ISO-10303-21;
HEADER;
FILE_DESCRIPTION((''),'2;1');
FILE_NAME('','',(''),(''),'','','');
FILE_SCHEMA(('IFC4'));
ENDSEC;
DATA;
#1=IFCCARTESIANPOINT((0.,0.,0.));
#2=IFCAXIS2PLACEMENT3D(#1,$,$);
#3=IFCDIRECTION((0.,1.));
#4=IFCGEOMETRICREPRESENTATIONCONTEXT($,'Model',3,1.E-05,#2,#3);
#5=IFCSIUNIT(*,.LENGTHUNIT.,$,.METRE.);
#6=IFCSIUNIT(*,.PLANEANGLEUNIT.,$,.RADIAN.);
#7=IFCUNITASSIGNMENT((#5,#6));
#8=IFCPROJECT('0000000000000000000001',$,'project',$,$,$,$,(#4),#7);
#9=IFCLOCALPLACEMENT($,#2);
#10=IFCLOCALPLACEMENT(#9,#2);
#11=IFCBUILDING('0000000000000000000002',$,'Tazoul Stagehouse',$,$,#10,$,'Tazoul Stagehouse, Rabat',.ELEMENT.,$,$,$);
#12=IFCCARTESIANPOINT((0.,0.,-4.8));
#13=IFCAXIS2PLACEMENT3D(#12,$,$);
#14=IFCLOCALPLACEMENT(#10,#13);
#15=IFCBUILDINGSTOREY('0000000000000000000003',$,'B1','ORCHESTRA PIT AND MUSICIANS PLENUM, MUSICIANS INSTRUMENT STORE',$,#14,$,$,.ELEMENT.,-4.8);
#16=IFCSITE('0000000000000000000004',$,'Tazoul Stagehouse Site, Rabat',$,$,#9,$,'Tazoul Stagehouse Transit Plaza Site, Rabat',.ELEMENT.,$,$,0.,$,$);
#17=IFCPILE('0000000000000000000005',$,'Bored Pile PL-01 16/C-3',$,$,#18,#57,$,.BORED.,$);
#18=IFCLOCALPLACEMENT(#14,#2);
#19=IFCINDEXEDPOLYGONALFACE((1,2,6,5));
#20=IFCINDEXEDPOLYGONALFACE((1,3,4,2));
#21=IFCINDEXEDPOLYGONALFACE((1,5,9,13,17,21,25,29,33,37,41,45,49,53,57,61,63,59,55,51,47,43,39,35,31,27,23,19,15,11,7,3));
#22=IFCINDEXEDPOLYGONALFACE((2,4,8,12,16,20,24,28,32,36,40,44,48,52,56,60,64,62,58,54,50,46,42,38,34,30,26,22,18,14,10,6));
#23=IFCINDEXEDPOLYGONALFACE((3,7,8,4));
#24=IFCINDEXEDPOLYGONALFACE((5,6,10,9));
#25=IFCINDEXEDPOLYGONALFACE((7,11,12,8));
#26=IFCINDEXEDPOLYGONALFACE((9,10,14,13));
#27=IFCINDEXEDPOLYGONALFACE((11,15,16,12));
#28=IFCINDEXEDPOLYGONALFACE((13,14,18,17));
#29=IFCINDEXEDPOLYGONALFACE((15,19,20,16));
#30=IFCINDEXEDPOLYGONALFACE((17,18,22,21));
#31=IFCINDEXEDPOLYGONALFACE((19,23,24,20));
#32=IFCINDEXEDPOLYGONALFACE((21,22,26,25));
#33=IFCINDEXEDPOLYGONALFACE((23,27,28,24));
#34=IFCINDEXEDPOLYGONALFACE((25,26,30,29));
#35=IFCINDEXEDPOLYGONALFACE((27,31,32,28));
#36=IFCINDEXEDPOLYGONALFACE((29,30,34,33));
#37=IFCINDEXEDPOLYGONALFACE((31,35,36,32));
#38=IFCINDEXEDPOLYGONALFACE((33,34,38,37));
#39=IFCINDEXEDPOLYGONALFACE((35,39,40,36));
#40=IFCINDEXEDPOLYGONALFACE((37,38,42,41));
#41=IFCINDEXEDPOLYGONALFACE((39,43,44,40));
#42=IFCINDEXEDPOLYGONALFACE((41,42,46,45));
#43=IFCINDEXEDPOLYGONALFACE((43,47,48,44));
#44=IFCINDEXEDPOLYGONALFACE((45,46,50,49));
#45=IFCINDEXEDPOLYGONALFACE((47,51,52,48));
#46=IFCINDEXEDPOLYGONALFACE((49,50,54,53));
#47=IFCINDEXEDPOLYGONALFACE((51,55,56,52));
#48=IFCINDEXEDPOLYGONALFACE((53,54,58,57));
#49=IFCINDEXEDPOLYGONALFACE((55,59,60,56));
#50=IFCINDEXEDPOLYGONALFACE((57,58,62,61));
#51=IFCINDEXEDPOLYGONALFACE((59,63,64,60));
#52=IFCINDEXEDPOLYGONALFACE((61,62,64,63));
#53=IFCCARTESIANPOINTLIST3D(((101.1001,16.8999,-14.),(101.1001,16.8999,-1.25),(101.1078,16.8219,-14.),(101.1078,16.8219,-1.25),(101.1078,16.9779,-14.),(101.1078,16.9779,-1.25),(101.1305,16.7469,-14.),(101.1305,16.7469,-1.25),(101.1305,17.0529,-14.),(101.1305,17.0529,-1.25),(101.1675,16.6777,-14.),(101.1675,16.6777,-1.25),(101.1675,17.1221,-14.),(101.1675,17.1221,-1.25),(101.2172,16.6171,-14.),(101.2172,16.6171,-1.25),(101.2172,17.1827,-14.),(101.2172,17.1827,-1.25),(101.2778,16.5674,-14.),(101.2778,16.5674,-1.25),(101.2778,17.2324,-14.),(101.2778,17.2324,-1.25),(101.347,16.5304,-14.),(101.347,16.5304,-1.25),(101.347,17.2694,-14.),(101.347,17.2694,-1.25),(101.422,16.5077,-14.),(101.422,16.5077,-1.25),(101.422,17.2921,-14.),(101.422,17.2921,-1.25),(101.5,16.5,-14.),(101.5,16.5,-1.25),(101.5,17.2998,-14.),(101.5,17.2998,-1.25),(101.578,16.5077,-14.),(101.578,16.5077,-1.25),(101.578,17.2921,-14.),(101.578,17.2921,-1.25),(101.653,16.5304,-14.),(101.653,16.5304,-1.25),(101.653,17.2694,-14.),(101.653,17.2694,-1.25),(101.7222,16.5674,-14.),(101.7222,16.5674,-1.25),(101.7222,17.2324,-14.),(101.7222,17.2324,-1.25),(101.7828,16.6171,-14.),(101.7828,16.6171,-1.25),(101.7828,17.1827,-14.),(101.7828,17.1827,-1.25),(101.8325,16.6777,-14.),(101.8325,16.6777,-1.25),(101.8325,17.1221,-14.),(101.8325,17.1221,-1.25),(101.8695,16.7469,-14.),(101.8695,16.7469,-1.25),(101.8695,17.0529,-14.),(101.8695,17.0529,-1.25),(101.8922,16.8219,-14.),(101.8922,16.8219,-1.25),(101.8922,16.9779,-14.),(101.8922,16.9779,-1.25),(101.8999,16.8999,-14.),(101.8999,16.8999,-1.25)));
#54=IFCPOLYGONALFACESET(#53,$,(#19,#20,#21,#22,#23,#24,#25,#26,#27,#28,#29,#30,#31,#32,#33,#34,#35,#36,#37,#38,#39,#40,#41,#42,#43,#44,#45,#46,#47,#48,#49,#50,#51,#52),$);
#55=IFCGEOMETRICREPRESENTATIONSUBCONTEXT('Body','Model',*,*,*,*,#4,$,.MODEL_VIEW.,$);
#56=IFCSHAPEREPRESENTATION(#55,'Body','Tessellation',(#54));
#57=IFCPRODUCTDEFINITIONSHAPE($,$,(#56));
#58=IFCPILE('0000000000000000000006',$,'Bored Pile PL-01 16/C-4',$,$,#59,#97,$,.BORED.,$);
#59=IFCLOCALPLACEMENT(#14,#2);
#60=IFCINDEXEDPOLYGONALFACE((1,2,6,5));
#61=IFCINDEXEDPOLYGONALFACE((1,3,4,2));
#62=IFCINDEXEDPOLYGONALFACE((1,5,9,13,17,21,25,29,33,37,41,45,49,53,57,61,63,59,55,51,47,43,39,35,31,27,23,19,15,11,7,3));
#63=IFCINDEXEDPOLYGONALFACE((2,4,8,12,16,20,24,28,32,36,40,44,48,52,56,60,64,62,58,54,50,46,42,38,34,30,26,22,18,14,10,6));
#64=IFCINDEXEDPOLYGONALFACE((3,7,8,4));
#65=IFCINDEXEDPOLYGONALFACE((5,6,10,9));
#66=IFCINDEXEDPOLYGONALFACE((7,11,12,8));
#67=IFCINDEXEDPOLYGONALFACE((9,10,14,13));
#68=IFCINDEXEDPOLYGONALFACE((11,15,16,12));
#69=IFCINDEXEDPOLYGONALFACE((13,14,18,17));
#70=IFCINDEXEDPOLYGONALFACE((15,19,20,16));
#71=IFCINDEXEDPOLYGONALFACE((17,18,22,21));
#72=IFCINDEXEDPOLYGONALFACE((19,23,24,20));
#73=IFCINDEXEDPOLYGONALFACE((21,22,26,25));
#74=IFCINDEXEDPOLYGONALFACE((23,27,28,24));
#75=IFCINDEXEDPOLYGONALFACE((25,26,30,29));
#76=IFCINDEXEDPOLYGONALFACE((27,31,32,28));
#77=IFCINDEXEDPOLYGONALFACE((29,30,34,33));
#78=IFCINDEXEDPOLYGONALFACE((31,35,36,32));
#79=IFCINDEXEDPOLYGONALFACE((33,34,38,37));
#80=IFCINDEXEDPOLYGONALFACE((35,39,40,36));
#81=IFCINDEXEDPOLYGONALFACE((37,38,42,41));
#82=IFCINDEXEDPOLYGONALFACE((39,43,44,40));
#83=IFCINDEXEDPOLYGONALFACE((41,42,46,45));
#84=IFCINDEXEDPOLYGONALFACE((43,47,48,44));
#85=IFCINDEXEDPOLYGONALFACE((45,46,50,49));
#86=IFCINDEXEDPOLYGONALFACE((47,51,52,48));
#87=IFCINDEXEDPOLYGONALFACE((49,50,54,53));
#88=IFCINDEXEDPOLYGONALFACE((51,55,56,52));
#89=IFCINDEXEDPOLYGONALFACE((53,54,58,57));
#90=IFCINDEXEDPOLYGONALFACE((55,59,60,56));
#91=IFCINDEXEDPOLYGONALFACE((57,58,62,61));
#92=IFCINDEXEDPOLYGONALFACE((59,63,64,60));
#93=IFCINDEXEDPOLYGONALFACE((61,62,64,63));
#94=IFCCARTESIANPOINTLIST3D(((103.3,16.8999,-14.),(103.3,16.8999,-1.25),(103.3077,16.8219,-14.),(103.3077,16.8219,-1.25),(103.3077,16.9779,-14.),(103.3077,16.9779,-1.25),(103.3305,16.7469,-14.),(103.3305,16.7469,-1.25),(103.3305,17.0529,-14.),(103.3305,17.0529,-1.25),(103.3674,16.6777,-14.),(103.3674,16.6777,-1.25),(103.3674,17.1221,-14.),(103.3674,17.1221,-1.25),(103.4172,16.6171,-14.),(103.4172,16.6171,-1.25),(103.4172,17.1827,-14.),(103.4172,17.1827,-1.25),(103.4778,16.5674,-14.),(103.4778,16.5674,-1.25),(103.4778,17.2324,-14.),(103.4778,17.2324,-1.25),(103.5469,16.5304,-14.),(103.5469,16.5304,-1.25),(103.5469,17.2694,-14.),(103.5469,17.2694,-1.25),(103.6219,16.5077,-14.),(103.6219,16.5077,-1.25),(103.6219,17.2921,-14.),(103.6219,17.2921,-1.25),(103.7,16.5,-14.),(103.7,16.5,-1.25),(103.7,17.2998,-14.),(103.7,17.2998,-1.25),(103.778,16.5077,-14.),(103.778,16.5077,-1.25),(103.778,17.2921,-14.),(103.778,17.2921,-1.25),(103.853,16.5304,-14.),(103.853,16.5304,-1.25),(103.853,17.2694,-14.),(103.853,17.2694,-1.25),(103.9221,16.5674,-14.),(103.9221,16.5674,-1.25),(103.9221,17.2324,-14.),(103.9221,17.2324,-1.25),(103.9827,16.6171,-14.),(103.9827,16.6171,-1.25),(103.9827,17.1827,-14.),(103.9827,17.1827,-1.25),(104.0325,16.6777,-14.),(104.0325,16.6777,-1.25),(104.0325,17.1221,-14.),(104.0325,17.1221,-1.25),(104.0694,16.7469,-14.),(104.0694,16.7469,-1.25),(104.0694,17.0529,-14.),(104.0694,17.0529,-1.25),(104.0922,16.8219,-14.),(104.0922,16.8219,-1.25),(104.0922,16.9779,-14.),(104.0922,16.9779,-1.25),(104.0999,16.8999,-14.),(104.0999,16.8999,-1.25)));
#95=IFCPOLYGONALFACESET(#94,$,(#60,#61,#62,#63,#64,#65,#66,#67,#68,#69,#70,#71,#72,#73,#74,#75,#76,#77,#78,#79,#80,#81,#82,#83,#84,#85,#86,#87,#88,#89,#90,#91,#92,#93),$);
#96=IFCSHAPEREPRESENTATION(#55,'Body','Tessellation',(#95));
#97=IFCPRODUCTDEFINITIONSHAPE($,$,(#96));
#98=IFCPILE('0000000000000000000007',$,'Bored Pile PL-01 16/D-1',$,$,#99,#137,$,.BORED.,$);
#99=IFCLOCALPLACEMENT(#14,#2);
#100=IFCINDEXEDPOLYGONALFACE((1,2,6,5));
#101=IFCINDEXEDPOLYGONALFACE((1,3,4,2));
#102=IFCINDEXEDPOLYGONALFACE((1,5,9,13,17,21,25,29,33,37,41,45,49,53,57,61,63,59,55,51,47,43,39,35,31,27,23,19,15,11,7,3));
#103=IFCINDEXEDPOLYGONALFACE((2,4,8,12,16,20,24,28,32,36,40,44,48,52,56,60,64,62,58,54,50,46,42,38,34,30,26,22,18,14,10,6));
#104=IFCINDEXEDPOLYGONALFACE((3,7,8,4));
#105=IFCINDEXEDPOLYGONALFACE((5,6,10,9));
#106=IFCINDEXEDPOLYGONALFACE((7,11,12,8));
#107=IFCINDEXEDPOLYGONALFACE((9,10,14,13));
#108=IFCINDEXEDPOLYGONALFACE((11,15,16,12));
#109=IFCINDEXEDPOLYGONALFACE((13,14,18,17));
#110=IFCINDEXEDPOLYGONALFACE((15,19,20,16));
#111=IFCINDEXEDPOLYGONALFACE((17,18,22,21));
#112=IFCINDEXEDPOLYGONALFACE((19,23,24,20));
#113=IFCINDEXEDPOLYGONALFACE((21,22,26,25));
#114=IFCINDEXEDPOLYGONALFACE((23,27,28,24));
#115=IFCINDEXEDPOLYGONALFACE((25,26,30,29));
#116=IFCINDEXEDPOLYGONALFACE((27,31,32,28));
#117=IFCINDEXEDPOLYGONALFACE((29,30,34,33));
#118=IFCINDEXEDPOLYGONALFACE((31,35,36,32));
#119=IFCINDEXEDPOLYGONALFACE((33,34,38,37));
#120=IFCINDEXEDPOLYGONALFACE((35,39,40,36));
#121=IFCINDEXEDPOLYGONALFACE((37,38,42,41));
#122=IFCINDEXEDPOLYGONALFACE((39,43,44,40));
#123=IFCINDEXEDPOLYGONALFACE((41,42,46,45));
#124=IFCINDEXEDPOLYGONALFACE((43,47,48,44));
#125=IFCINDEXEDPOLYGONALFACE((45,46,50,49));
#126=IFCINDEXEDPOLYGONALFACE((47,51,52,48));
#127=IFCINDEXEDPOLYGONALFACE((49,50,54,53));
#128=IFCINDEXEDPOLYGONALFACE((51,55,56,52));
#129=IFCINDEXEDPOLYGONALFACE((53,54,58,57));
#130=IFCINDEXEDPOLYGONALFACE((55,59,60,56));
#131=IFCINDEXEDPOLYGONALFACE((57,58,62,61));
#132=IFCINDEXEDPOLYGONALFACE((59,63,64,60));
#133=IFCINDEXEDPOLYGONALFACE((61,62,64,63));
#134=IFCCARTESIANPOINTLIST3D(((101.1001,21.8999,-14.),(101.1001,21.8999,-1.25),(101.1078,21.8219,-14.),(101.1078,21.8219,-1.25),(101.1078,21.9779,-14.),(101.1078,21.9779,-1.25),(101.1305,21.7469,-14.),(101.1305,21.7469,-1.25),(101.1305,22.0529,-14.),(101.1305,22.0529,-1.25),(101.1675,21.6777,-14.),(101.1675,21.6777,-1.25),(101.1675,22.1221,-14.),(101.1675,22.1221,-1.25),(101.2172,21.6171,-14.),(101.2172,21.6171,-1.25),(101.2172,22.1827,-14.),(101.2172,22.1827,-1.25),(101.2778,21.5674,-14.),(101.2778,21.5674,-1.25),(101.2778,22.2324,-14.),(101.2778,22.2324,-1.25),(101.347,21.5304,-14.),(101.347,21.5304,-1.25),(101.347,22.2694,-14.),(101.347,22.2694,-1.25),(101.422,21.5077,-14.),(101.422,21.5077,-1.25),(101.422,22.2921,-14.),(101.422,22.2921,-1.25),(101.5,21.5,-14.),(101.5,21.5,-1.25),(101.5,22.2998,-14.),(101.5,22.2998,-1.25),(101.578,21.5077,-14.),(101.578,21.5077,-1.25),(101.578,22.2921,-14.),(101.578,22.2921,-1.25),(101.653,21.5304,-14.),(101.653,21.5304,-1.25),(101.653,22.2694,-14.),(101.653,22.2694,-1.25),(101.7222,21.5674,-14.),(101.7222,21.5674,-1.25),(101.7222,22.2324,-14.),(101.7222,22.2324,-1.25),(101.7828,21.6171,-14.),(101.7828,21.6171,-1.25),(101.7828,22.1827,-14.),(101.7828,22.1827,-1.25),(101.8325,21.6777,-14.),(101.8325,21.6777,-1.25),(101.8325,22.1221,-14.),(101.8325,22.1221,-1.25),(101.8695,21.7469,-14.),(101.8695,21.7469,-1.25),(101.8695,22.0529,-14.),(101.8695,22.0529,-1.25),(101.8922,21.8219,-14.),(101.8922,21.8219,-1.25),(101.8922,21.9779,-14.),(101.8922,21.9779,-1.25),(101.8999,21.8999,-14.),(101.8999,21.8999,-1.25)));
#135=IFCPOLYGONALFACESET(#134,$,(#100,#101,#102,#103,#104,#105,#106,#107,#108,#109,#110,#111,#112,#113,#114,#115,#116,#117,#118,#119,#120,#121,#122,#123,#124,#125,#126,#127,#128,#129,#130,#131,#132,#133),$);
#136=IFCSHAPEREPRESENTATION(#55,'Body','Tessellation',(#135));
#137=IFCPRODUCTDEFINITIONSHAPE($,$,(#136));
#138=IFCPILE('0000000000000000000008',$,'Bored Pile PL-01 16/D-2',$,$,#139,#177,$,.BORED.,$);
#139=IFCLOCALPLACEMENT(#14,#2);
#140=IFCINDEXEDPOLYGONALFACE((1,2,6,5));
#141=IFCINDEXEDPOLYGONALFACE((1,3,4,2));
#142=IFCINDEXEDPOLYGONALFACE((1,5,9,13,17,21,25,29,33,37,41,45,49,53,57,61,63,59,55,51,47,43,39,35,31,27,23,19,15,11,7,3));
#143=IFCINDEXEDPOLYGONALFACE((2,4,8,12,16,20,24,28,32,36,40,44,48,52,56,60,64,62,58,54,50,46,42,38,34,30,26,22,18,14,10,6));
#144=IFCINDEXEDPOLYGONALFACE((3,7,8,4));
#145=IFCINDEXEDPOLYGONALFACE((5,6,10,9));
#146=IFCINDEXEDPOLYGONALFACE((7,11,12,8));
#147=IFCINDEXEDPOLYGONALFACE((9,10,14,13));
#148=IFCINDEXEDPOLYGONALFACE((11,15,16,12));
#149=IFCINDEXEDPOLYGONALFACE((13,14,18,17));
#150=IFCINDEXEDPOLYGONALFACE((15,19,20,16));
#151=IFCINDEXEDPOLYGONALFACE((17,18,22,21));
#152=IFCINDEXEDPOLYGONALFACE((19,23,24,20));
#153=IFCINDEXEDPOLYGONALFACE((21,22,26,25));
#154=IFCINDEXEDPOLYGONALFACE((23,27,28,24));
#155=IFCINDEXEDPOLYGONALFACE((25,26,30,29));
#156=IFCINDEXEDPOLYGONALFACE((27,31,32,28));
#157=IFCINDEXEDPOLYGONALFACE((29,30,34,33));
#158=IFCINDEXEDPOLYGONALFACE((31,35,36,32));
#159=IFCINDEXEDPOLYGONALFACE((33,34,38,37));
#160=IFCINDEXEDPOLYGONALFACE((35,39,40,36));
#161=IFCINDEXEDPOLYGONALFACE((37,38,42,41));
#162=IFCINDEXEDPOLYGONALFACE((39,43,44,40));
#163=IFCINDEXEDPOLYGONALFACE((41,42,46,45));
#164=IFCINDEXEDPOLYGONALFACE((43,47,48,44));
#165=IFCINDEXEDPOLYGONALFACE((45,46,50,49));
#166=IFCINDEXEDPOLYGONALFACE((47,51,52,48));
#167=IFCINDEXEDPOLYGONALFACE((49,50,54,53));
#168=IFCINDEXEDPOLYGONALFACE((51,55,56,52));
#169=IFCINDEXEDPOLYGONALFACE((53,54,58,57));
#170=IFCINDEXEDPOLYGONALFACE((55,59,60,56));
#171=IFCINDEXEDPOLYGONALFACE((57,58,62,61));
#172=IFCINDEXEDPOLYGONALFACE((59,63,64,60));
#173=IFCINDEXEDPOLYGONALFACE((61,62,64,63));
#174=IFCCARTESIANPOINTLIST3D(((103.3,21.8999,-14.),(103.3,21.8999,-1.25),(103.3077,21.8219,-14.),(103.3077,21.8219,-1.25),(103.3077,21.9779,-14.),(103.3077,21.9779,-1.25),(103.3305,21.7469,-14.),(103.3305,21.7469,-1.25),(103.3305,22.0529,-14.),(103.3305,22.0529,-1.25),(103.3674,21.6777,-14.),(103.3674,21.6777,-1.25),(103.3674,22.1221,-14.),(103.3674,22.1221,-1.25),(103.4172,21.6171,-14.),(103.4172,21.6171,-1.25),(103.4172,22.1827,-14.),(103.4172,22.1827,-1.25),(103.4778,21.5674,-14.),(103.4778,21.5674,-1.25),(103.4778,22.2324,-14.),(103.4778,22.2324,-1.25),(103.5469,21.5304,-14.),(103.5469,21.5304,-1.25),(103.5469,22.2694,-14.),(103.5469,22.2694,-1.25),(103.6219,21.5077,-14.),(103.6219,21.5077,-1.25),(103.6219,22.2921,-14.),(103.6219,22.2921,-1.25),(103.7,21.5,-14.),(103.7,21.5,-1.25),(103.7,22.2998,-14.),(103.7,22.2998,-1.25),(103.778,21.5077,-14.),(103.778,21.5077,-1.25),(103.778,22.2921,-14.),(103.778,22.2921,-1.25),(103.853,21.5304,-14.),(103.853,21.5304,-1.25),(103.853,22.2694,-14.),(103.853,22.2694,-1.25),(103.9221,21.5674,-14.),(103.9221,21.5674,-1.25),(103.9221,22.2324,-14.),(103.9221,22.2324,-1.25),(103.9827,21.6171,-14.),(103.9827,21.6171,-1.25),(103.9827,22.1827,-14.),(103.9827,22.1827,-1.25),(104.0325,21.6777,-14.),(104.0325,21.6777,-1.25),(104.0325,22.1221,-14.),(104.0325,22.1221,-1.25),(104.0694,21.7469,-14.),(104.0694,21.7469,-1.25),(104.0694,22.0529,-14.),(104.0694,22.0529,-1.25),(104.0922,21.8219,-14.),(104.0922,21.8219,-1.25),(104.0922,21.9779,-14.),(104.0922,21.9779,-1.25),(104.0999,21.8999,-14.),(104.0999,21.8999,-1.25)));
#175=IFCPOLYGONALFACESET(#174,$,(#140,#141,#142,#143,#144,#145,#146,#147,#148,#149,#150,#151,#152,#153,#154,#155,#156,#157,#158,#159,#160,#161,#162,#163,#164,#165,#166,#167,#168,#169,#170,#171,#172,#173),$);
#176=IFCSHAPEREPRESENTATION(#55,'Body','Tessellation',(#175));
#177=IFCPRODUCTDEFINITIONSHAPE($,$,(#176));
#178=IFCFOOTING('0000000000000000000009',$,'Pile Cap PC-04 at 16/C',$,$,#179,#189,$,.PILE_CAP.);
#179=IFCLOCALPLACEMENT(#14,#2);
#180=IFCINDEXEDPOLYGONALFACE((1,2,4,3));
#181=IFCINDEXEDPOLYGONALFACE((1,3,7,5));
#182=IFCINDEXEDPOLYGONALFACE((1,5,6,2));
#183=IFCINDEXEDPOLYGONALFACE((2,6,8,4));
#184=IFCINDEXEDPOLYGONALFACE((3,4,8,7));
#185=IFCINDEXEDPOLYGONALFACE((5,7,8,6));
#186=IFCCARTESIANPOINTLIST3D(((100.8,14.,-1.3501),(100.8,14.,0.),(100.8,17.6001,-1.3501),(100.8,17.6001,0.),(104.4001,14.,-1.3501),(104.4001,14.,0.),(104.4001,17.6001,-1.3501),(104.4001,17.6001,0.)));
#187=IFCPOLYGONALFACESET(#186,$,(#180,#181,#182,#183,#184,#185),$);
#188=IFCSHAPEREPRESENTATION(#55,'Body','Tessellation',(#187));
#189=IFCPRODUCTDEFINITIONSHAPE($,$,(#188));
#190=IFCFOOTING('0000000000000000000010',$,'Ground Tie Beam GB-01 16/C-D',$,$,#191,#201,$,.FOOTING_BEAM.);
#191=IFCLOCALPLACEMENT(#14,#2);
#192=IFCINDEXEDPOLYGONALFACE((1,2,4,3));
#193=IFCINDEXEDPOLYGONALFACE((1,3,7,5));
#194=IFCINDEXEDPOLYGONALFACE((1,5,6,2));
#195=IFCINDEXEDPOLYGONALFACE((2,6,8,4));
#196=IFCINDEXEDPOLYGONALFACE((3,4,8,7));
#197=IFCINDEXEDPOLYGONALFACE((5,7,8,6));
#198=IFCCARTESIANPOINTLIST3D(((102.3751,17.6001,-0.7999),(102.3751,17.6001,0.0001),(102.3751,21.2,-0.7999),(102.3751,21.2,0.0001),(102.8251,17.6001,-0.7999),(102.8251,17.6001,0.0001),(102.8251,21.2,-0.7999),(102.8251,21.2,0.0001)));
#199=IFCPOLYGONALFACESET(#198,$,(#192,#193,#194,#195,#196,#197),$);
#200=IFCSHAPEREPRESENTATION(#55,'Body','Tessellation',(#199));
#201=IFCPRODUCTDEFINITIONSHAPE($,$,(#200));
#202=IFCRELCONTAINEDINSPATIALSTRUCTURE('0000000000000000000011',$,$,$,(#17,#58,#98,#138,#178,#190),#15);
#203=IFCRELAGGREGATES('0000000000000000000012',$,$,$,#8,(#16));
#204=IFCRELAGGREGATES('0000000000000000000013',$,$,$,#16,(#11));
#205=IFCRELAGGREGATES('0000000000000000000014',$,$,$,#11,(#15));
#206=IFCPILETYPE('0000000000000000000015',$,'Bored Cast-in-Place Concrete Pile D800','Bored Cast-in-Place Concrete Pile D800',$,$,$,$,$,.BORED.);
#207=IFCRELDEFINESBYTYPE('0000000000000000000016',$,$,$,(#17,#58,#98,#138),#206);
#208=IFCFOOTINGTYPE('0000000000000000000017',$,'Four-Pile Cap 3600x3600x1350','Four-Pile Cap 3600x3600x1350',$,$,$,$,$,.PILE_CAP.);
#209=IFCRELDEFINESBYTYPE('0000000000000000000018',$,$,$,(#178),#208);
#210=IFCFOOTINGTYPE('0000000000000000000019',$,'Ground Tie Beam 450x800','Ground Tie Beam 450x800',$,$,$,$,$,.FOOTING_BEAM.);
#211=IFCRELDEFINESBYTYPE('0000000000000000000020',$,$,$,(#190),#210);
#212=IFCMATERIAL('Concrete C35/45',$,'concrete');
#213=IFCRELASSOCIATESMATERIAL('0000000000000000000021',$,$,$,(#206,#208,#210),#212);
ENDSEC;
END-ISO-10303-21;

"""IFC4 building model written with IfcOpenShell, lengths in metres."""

from ifc_helpers import new_model, si_unit, direction, frame, origin, origin_2d, place, context, subcontext, project, spatial, rectangle, circle, extrude, material, material_profile, profile_set, type_object, element, save


model = new_model("IFC4")

# Units and contexts
model_context = context("Model", 3, precision=1e-05, world=origin(), true_north=direction((0.0, 1.0)))
body_context = subcontext(model_context, "Body", "Model", "MODEL_VIEW")
ifc_project = project(units=[si_unit("LENGTHUNIT", "METRE"), si_unit("PLANEANGLEUNIT", "RADIAN")], contexts=[model_context])

# Site, building, storey
site_placement = place(None, origin())
site = spatial("IfcSite", under=ifc_project, at=site_placement, Name="Tazoul Stagehouse Site, Rabat", LongName="Tazoul Stagehouse Transit Plaza Site, Rabat", CompositionType="ELEMENT", RefElevation=0.0)
building_placement = place(site_placement, origin())
building = spatial("IfcBuilding", under=site, at=building_placement, Name="Tazoul Stagehouse", LongName="Tazoul Stagehouse, Rabat", CompositionType="ELEMENT")
storey_placement = place(building_placement, frame((0.0, 0.0, -4.8)))
storey = spatial("IfcBuildingStorey", under=building, at=storey_placement, Name="B1", Description="ORCHESTRA PIT AND MUSICIANS PLENUM, MUSICIANS INSTRUMENT STORE", CompositionType="ELEMENT", Elevation=-4.8)

# Piles
ifc_material_1 = material(Name="Concrete C35/45", Category="concrete")
ifc_material_profile_1 = material_profile(ifc_material_1, circle(Radius=0.3999, at=origin_2d()), Name="BORED PILE 800")
ifc_profile_set_1 = profile_set([ifc_material_profile_1], Name="Concrete C35/45")
pile_type = type_object("IfcPileType", Name="Bored Cast-in-Place Concrete Pile D800", Description="Bored Cast-in-Place Concrete Pile D800", PredefinedType="BORED", material=ifc_profile_set_1)
for number, where, z_axis, x_axis, name in (
    (1, (101.5, 16.8999, -1.25), (0.0, 0.0, -1.0), (1.0, 0.0, 0.0), "Bored Pile PL-01 16/C-3"),
    (2, (103.7, 16.8999, -1.25), (0.0, 0.0, -1.0), (1.0, 0.0, 0.0), "Bored Pile PL-01 16/C-4"),
    (3, (101.5, 21.8999, -1.25), (0.0, 0.0, -1.0), (1.0, 0.0, 0.0), "Bored Pile PL-01 16/D-1"),
    (4, (103.7, 21.8999, -1.25), (0.0, 0.0, -1.0), (1.0, 0.0, 0.0), "Bored Pile PL-01 16/D-2"),
):
    element("IfcPile", number, at=place(storey_placement, frame(where, z_axis=z_axis, x_axis=x_axis)), inside=storey, type_object=pile_type, Name=name, PredefinedType="BORED", context=body_context, shape_type="SweptSolid", body=[
        extrude(circle(Radius=0.3999, at=origin_2d()), origin(), (0.0, 0.0, 1.0), 12.75),
    ])

# Footings
footing_type_1 = type_object("IfcFootingType", Name="Four-Pile Cap 3600x3600x1350", Description="Four-Pile Cap 3600x3600x1350", PredefinedType="PILE_CAP", material=ifc_material_1)
footing_1_placement = place(storey_placement, frame((102.6001, 15.8, -1.3501), z_axis=(0.0, 0.0, 1.0), x_axis=(1.0, 0.0, 0.0)))
element("IfcFooting", 5, at=footing_1_placement, inside=storey, type_object=footing_type_1, Name="Pile Cap PC-04 at 16/C", PredefinedType="PILE_CAP", context=body_context, shape_type="SweptSolid", body=[
    extrude(rectangle(XDim=3.6001, YDim=3.6001, at=origin_2d()), origin(), (0.0, 0.0, 1.0), 1.3501),
])
ifc_material_profile_2 = material_profile(ifc_material_1, rectangle(XDim=0.45, YDim=0.8, at=origin_2d()), Name="RC 450x800")
ifc_profile_set_2 = profile_set([ifc_material_profile_2], Name="Concrete C35/45")
footing_type_2 = type_object("IfcFootingType", Name="Ground Tie Beam 450x800", Description="Ground Tie Beam 450x800", PredefinedType="FOOTING_BEAM", material=ifc_profile_set_2)
footing_2_placement = place(storey_placement, frame((102.6001, 17.6001, -0.3999), z_axis=(0.0, 1.0, 0.0), x_axis=(-1.0, 0.0, 0.0)))
element("IfcFooting", 6, at=footing_2_placement, inside=storey, type_object=footing_type_2, Name="Ground Tie Beam GB-01 16/C-D", PredefinedType="FOOTING_BEAM", context=body_context, shape_type="SweptSolid", body=[
    extrude(rectangle(XDim=0.45, YDim=0.8, at=origin_2d()), origin(), (0.0, 0.0, 1.0), 3.5999),
])

save(model, "model.ifc")
